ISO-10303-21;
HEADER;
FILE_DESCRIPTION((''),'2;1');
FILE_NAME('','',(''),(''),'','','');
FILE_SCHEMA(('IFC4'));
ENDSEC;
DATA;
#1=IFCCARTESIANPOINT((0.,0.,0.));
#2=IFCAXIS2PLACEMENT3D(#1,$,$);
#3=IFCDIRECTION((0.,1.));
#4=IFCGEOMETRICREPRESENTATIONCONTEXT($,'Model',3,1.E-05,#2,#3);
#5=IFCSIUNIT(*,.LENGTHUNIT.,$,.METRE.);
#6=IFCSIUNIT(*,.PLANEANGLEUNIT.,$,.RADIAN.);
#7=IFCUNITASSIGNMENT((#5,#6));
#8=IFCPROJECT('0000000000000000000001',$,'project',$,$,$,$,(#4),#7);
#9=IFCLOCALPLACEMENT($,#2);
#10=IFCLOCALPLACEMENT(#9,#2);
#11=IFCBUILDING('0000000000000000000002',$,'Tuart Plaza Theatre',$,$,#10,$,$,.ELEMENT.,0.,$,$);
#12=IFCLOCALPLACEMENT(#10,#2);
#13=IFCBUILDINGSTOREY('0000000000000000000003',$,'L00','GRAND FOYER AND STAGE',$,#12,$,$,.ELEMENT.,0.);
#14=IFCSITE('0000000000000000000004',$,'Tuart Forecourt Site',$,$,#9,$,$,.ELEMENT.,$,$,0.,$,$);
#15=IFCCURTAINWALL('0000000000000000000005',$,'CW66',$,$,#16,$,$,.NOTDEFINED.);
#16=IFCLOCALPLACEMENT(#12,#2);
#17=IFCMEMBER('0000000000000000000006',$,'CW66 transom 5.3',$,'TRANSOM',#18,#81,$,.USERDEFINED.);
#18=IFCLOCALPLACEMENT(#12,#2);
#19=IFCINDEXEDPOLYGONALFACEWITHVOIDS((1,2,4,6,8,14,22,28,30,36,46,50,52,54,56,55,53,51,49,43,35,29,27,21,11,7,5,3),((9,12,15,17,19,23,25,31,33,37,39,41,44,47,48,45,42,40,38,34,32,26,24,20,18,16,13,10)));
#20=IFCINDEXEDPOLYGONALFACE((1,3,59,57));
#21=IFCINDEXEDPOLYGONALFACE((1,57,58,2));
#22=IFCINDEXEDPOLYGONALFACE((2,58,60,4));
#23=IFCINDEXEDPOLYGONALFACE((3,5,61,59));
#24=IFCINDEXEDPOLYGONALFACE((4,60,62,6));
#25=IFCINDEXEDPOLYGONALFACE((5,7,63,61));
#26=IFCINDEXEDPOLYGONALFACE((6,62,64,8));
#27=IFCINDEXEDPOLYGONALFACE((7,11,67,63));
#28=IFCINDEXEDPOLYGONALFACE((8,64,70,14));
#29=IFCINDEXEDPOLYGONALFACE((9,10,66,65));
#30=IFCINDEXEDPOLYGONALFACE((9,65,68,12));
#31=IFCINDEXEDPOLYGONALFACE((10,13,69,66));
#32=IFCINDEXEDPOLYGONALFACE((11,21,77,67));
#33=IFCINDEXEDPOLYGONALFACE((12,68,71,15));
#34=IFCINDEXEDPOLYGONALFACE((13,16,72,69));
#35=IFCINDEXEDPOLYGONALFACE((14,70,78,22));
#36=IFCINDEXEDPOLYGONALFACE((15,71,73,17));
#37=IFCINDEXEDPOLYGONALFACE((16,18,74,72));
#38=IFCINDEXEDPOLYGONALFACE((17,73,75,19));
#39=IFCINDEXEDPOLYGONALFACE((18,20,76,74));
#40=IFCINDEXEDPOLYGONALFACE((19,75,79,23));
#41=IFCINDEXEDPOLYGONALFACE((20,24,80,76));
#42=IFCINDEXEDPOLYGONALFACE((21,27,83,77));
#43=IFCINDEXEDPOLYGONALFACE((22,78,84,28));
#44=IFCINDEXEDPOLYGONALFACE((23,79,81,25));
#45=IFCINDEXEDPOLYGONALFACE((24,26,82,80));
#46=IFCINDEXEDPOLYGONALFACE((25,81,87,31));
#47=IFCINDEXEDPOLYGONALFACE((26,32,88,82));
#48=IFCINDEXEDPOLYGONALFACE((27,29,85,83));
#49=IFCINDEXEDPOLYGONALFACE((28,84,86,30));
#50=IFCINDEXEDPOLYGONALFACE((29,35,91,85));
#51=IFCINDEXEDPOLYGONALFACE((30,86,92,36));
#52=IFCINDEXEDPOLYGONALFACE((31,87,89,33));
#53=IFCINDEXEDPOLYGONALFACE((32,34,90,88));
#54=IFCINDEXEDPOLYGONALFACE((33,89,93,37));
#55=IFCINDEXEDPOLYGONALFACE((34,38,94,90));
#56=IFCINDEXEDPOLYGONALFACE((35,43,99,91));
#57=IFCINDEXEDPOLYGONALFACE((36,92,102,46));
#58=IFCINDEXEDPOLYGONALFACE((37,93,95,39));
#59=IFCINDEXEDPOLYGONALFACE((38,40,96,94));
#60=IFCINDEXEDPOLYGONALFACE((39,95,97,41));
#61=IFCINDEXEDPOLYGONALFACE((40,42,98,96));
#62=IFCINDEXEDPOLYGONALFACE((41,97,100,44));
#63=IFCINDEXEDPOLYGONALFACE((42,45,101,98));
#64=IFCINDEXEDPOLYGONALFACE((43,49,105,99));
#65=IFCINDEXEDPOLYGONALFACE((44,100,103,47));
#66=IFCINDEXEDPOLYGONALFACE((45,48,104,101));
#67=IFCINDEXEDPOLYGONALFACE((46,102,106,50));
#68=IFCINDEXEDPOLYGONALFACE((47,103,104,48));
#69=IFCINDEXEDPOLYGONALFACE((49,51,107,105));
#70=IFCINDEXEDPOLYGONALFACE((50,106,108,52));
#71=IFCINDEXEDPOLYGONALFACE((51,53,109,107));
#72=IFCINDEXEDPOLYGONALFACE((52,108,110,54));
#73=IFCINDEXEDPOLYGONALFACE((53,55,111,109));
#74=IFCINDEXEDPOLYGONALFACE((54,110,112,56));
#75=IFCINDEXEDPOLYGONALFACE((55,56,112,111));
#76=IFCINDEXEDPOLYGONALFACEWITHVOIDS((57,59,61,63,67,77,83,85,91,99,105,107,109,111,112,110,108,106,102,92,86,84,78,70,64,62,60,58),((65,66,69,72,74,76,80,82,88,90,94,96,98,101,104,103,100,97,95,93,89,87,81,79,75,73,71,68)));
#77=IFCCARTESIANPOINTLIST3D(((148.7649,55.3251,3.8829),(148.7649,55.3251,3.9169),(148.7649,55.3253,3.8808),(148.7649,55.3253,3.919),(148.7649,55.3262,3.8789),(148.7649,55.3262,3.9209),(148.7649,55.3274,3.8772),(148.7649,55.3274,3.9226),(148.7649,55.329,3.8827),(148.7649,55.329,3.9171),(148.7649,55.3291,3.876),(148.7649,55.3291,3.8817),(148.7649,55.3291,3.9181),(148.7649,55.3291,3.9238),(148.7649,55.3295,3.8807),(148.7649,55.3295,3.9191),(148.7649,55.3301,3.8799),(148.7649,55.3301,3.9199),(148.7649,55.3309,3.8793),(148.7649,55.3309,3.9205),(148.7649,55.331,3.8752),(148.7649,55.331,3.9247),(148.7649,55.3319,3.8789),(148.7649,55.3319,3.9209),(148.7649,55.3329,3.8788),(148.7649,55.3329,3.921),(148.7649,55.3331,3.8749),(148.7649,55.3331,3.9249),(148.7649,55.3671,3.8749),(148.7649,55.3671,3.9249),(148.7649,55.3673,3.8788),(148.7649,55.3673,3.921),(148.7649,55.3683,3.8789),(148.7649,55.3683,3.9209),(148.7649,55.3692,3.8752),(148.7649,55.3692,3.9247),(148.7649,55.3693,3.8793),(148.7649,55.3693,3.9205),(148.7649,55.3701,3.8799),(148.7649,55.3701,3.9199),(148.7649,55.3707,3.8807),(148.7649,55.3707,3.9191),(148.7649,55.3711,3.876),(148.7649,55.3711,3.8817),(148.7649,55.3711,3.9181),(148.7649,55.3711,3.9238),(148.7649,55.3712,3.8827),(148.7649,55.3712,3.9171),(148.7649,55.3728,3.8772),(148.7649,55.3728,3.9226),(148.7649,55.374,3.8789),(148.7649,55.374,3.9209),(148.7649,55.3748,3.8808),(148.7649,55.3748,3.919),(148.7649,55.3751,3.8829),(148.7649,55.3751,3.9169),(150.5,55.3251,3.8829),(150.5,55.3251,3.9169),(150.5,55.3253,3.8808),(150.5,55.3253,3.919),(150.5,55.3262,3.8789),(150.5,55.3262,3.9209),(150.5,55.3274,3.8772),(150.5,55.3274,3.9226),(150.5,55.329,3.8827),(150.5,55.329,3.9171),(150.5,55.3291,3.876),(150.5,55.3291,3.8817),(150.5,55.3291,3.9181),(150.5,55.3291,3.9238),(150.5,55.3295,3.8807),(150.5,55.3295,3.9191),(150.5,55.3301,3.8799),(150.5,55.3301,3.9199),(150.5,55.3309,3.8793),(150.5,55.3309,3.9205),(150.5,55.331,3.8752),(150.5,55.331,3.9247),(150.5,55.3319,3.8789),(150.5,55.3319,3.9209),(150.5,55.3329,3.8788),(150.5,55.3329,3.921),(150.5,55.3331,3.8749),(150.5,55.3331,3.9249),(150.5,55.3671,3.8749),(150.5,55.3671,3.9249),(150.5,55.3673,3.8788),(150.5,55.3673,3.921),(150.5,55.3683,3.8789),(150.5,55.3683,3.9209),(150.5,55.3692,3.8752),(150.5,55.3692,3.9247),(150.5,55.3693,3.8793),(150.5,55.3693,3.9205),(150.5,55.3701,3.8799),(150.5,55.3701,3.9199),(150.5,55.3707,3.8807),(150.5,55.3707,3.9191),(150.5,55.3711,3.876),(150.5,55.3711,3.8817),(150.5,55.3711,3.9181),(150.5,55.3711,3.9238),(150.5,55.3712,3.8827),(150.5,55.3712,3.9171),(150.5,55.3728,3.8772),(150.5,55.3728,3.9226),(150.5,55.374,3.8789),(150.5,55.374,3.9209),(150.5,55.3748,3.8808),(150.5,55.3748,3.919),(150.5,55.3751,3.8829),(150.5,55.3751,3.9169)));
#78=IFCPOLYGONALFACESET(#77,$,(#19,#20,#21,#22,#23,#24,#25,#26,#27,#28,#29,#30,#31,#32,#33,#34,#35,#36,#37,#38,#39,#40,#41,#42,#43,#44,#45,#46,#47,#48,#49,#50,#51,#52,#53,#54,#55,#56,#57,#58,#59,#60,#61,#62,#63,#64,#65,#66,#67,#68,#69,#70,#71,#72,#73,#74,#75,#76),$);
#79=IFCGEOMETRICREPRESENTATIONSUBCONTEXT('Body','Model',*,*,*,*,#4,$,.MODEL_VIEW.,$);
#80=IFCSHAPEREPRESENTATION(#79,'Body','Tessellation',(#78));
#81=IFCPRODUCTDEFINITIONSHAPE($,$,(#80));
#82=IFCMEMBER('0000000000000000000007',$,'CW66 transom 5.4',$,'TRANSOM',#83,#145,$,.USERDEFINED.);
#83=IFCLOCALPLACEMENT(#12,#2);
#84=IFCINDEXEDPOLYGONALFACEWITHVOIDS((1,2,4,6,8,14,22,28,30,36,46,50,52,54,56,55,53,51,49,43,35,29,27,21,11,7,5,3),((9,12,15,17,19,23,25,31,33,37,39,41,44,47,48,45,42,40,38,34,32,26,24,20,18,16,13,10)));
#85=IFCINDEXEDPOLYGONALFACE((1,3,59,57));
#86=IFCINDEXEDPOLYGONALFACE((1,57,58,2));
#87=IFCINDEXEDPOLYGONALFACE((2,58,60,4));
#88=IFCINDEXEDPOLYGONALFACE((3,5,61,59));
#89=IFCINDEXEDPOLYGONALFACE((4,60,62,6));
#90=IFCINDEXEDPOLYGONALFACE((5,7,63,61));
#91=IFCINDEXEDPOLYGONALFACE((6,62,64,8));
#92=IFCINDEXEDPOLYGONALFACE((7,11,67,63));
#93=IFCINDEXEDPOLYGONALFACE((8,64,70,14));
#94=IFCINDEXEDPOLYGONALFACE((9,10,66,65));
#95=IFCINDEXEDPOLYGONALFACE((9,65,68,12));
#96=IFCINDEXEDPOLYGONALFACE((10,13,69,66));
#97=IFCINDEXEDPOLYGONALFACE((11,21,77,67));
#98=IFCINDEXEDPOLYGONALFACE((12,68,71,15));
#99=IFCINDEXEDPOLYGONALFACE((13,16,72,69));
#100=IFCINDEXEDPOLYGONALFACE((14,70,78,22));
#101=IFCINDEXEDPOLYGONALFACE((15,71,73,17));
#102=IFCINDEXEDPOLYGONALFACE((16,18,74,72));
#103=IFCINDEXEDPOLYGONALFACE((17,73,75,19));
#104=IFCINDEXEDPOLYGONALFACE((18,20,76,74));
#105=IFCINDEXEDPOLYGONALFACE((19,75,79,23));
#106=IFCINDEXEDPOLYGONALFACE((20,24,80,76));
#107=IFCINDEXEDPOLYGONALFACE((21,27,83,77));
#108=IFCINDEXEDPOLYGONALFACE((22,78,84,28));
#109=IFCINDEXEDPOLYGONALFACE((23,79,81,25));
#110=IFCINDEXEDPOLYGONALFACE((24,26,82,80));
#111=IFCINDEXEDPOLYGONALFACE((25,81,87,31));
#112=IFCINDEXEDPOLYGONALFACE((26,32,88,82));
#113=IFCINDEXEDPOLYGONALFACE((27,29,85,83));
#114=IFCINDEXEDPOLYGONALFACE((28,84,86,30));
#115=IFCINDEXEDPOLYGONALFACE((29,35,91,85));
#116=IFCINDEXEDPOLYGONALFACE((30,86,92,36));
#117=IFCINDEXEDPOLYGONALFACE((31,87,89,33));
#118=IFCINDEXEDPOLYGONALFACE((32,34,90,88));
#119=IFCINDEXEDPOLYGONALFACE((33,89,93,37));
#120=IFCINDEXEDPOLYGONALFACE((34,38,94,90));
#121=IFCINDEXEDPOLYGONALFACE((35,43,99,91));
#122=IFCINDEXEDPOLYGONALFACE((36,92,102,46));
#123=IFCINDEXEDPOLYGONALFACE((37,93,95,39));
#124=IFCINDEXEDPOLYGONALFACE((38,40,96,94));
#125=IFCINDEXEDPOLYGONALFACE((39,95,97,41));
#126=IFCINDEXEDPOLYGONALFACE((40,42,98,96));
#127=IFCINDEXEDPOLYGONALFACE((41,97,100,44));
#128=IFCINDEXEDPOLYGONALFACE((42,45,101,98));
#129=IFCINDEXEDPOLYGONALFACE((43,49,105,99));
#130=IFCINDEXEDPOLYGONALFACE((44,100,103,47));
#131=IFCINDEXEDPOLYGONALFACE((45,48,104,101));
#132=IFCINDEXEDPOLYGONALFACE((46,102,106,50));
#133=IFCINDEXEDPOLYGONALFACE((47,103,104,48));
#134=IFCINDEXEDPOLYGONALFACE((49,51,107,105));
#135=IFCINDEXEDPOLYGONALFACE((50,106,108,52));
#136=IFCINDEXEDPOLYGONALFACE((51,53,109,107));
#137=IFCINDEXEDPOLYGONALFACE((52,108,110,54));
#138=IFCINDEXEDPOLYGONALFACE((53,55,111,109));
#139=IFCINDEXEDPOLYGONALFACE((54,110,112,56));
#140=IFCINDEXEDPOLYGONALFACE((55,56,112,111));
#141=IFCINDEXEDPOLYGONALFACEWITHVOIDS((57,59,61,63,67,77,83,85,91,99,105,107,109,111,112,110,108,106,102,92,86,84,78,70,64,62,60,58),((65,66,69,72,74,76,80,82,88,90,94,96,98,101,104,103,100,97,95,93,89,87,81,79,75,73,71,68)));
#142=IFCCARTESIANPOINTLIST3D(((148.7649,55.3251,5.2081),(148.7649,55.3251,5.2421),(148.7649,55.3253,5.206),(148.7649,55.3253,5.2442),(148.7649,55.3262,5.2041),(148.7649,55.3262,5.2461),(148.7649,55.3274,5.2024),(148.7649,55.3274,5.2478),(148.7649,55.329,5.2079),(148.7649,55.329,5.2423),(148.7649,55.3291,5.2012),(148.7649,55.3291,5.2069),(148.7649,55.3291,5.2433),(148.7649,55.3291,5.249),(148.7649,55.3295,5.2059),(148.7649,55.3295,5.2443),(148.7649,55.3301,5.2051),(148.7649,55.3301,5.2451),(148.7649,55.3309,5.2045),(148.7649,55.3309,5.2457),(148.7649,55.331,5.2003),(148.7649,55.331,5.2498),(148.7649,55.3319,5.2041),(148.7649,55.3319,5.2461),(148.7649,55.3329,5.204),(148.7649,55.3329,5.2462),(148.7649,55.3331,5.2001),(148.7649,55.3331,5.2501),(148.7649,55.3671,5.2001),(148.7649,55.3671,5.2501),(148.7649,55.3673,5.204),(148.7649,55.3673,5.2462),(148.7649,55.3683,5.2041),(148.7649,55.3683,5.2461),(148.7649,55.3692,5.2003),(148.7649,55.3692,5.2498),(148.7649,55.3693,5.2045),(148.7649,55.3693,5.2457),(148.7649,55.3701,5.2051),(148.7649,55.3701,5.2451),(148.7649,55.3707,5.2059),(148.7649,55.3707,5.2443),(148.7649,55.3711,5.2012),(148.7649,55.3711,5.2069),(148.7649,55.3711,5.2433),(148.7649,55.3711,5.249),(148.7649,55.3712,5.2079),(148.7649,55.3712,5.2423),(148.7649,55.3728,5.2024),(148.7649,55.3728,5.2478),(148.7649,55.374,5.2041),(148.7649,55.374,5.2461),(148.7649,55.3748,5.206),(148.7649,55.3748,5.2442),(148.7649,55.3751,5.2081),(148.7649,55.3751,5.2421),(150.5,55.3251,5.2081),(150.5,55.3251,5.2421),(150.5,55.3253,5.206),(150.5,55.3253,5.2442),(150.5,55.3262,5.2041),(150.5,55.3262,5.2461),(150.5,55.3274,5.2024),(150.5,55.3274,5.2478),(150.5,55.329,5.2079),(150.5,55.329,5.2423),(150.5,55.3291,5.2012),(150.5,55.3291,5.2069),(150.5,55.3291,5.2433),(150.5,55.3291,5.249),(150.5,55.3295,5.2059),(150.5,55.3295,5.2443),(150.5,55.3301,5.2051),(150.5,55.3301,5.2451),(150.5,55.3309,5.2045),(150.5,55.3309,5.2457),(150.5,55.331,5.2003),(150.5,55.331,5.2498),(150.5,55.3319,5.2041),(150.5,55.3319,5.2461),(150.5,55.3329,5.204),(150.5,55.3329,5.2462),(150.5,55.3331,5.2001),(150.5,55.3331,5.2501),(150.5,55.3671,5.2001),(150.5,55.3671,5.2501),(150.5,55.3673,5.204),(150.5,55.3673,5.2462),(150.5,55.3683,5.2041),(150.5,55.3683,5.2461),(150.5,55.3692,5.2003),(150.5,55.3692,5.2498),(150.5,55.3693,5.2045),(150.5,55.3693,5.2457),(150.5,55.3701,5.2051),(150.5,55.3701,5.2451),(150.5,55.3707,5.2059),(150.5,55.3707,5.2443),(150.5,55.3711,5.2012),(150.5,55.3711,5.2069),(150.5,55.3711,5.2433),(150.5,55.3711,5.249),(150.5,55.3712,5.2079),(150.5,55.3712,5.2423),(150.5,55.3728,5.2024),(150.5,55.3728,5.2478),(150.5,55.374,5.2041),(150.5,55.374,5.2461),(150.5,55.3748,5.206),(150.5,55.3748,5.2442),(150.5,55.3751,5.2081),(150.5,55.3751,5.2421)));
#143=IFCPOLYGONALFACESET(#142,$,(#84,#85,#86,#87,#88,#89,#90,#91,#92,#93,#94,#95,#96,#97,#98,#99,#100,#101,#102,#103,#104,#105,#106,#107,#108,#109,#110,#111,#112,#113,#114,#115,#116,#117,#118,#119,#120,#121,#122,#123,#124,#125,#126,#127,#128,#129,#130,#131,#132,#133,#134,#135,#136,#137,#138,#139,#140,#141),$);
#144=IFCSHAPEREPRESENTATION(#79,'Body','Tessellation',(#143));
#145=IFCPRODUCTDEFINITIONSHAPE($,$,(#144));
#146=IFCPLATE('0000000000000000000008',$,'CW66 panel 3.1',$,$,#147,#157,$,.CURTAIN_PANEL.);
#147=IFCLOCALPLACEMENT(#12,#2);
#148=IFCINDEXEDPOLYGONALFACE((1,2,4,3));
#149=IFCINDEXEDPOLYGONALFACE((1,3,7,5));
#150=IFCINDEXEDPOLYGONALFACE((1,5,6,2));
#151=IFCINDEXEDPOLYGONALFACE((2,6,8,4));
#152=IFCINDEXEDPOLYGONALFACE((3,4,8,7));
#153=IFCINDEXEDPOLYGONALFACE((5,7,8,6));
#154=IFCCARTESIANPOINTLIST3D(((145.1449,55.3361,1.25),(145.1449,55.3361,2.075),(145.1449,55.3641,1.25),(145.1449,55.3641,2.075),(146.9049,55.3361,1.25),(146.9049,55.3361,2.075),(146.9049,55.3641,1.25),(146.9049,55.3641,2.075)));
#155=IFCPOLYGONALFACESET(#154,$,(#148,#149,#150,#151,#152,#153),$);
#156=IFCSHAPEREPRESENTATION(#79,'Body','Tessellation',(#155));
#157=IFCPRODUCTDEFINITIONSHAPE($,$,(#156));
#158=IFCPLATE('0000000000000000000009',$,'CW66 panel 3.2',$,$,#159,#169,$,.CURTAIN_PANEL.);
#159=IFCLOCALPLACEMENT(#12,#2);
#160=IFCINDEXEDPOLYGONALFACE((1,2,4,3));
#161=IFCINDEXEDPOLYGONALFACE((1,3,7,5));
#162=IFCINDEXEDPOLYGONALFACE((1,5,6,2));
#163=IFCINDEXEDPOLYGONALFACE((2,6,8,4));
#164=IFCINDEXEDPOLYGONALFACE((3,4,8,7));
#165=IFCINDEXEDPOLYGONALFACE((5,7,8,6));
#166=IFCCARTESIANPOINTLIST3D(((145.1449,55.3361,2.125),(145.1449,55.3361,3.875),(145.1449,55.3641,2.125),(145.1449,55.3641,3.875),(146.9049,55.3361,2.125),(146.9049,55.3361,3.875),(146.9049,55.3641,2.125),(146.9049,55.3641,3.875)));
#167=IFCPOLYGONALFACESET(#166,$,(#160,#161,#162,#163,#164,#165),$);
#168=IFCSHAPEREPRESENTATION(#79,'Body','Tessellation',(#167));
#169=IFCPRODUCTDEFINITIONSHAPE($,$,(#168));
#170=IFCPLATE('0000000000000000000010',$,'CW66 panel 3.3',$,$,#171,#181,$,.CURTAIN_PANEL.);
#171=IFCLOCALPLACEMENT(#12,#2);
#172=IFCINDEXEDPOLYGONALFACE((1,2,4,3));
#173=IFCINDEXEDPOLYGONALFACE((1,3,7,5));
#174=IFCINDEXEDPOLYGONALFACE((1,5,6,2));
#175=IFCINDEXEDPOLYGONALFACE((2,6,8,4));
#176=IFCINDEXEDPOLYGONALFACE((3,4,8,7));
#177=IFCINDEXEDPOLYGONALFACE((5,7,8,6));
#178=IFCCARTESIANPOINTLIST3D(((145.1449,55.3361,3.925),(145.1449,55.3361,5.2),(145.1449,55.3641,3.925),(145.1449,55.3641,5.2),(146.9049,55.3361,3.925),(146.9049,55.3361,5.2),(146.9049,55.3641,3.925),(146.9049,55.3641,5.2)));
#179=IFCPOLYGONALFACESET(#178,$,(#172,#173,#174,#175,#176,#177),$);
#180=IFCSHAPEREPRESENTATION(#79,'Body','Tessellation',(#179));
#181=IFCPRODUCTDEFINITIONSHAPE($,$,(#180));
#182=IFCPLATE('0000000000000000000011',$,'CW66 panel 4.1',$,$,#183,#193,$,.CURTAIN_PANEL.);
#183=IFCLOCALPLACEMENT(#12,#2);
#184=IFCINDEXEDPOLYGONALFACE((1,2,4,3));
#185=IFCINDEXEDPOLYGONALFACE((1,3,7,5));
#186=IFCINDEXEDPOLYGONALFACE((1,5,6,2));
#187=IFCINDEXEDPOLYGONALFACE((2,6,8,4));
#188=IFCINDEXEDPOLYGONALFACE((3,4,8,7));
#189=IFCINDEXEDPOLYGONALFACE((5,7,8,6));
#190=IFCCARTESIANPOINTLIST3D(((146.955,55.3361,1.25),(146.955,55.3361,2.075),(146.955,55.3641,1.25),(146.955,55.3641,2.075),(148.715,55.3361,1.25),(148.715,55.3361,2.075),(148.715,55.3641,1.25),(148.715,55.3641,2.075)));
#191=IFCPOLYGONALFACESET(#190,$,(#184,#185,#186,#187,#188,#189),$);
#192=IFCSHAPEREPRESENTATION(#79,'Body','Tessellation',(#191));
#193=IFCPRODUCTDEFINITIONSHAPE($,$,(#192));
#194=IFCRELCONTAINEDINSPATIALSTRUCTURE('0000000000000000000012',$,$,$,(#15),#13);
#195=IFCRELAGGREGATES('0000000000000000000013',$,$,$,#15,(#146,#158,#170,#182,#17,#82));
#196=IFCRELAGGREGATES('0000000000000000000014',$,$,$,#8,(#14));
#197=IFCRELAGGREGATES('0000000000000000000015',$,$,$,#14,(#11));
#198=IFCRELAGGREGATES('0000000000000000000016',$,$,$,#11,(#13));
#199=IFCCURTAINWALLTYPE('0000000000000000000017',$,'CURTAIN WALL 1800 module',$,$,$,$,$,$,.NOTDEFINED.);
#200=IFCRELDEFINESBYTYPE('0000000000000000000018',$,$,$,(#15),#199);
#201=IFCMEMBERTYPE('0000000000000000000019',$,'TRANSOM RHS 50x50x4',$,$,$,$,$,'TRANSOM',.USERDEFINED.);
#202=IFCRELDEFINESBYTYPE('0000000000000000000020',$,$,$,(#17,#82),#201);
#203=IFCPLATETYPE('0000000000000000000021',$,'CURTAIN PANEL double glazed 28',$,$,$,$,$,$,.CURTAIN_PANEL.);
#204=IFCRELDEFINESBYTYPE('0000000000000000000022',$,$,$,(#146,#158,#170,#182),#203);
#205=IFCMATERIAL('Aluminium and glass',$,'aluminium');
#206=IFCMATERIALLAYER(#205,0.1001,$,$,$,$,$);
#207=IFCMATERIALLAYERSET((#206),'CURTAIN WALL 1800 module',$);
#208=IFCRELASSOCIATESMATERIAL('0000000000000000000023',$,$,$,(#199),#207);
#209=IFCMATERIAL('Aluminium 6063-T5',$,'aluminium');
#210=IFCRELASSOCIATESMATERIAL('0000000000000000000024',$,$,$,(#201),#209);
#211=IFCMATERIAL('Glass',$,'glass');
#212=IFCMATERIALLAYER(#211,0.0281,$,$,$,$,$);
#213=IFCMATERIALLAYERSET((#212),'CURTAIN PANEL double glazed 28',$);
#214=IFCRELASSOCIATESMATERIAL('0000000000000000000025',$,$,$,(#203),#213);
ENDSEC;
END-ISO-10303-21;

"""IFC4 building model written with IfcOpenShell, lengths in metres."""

from ifc_helpers import new_model, si_unit, direction, frame, origin, origin_2d, place, context, subcontext, project, spatial, rectangle, hollow_rectangle, extrude, material, layer, layer_set, material_profile, profile_set, type_object, element, aggregate, save


model = new_model("IFC4")

# Units and contexts
model_context = context("Model", 3, precision=1e-05, world=origin(), true_north=direction((0.0, 1.0)))
body_context = subcontext(model_context, "Body", "Model", "MODEL_VIEW")
ifc_project = project(units=[si_unit("LENGTHUNIT", "METRE"), si_unit("PLANEANGLEUNIT", "RADIAN")], contexts=[model_context])

# Site, building, storey
site_placement = place(None, origin())
site = spatial("IfcSite", under=ifc_project, at=site_placement, Name="Tuart Forecourt Site", CompositionType="ELEMENT", RefElevation=0.0)
building_placement = place(site_placement, origin())
building = spatial("IfcBuilding", under=site, at=building_placement, Name="Tuart Plaza Theatre", CompositionType="ELEMENT", ElevationOfRefHeight=0.0)
storey_placement = place(building_placement, origin())
storey = spatial("IfcBuildingStorey", under=building, at=storey_placement, Name="L00", Description="GRAND FOYER AND STAGE", CompositionType="ELEMENT", Elevation=0.0)

# Curtain wall, members, plates
ifc_material_1 = material(Name="Aluminium and glass", Category="aluminium")
ifc_layer_1 = layer(ifc_material_1, 0.1001)
ifc_layer_set_1 = layer_set([ifc_layer_1], Name="CURTAIN WALL 1800 module")
curtain_wall_type = type_object("IfcCurtainWallType", Name="CURTAIN WALL 1800 module", PredefinedType="NOTDEFINED", material=ifc_layer_set_1)
curtain_wall_placement = place(storey_placement, origin())
curtain_wall = element("IfcCurtainWall", 1, at=curtain_wall_placement, inside=storey, type_object=curtain_wall_type, Name="CW66", PredefinedType="NOTDEFINED")
ifc_material_2 = material(Name="Aluminium 6063-T5", Category="aluminium")
ifc_material_profile_1 = material_profile(ifc_material_2, hollow_rectangle(XDim=0.05, YDim=0.05, WallThickness=0.0039, InnerFilletRadius=0.0039, OuterFilletRadius=0.0081, at=origin_2d()), Name="RHS 50x50x4")
ifc_profile_set_1 = profile_set([ifc_material_profile_1], Name="Aluminium 6063-T5")
member_type_1 = type_object("IfcMemberType", Name="TRANSOM RHS 50x50x4", ElementType="TRANSOM", PredefinedType="USERDEFINED", material=ifc_profile_set_1)
member_1_placement = place(storey_placement, frame((148.7649, 55.3501, 3.8999), z_axis=(1.0, 0.0, 0.0), x_axis=(0.0, 1.0, 0.0)))
member_1 = element("IfcMember", 2, at=member_1_placement, type_object=member_type_1, Name="CW66 transom 5.3", ObjectType="TRANSOM", PredefinedType="USERDEFINED", context=body_context, shape_type="SweptSolid", body=[
    extrude(hollow_rectangle(XDim=0.05, YDim=0.05, WallThickness=0.0039, InnerFilletRadius=0.0039, OuterFilletRadius=0.0081, at=origin_2d()), origin(), (0.0, 0.0, 1.0), 1.7351),
])
member_2_placement = place(storey_placement, frame((148.7649, 55.3501, 5.2251), z_axis=(1.0, 0.0, 0.0), x_axis=(0.0, 1.0, 0.0)))
member_2 = element("IfcMember", 3, at=member_2_placement, type_object=member_type_1, Name="CW66 transom 5.4", ObjectType="TRANSOM", PredefinedType="USERDEFINED", context=body_context, shape_type="SweptSolid", body=[
    extrude(hollow_rectangle(XDim=0.05, YDim=0.05, WallThickness=0.0039, InnerFilletRadius=0.0039, OuterFilletRadius=0.0081, at=origin_2d()), origin(), (0.0, 0.0, 1.0), 1.7351),
])
ifc_material_3 = material(Name="Glass", Category="glass")
ifc_layer_2 = layer(ifc_material_3, 0.0281)
ifc_layer_set_2 = layer_set([ifc_layer_2], Name="CURTAIN PANEL double glazed 28")
plate_type = type_object("IfcPlateType", Name="CURTAIN PANEL double glazed 28", PredefinedType="CURTAIN_PANEL", material=ifc_layer_set_2)
plate_1_placement = place(storey_placement, frame((146.0249, 55.3501, 1.25), z_axis=(0.0, 0.0, 1.0), x_axis=(1.0, 0.0, 0.0)))
plate_1 = element("IfcPlate", 4, at=plate_1_placement, type_object=plate_type, Name="CW66 panel 3.1", PredefinedType="CURTAIN_PANEL", context=body_context, shape_type="SweptSolid", body=[
    extrude(rectangle(XDim=1.76, YDim=0.0281, at=origin_2d()), origin(), (0.0, 0.0, 1.0), 0.825),
])
plate_2_placement = place(storey_placement, frame((146.0249, 55.3501, 2.125), z_axis=(0.0, 0.0, 1.0), x_axis=(1.0, 0.0, 0.0)))
plate_2 = element("IfcPlate", 5, at=plate_2_placement, type_object=plate_type, Name="CW66 panel 3.2", PredefinedType="CURTAIN_PANEL", context=body_context, shape_type="SweptSolid", body=[
    extrude(rectangle(XDim=1.76, YDim=0.0281, at=origin_2d()), origin(), (0.0, 0.0, 1.0), 1.75),
])
plate_3_placement = place(storey_placement, frame((146.0249, 55.3501, 3.925), z_axis=(0.0, 0.0, 1.0), x_axis=(1.0, 0.0, 0.0)))
plate_3 = element("IfcPlate", 6, at=plate_3_placement, type_object=plate_type, Name="CW66 panel 3.3", PredefinedType="CURTAIN_PANEL", context=body_context, shape_type="SweptSolid", body=[
    extrude(rectangle(XDim=1.76, YDim=0.0281, at=origin_2d()), origin(), (0.0, 0.0, 1.0), 1.2749),
])
plate_4_placement = place(storey_placement, frame((147.835, 55.3501, 1.25), z_axis=(0.0, 0.0, 1.0), x_axis=(1.0, 0.0, 0.0)))
plate_4 = element("IfcPlate", 7, at=plate_4_placement, type_object=plate_type, Name="CW66 panel 4.1", PredefinedType="CURTAIN_PANEL", context=body_context, shape_type="SweptSolid", body=[
    extrude(rectangle(XDim=1.76, YDim=0.0281, at=origin_2d()), origin(), (0.0, 0.0, 1.0), 0.825),
])
aggregate(curtain_wall, [plate_1, plate_2, plate_3, plate_4, member_1, member_2])

save(model, "model.ifc")
